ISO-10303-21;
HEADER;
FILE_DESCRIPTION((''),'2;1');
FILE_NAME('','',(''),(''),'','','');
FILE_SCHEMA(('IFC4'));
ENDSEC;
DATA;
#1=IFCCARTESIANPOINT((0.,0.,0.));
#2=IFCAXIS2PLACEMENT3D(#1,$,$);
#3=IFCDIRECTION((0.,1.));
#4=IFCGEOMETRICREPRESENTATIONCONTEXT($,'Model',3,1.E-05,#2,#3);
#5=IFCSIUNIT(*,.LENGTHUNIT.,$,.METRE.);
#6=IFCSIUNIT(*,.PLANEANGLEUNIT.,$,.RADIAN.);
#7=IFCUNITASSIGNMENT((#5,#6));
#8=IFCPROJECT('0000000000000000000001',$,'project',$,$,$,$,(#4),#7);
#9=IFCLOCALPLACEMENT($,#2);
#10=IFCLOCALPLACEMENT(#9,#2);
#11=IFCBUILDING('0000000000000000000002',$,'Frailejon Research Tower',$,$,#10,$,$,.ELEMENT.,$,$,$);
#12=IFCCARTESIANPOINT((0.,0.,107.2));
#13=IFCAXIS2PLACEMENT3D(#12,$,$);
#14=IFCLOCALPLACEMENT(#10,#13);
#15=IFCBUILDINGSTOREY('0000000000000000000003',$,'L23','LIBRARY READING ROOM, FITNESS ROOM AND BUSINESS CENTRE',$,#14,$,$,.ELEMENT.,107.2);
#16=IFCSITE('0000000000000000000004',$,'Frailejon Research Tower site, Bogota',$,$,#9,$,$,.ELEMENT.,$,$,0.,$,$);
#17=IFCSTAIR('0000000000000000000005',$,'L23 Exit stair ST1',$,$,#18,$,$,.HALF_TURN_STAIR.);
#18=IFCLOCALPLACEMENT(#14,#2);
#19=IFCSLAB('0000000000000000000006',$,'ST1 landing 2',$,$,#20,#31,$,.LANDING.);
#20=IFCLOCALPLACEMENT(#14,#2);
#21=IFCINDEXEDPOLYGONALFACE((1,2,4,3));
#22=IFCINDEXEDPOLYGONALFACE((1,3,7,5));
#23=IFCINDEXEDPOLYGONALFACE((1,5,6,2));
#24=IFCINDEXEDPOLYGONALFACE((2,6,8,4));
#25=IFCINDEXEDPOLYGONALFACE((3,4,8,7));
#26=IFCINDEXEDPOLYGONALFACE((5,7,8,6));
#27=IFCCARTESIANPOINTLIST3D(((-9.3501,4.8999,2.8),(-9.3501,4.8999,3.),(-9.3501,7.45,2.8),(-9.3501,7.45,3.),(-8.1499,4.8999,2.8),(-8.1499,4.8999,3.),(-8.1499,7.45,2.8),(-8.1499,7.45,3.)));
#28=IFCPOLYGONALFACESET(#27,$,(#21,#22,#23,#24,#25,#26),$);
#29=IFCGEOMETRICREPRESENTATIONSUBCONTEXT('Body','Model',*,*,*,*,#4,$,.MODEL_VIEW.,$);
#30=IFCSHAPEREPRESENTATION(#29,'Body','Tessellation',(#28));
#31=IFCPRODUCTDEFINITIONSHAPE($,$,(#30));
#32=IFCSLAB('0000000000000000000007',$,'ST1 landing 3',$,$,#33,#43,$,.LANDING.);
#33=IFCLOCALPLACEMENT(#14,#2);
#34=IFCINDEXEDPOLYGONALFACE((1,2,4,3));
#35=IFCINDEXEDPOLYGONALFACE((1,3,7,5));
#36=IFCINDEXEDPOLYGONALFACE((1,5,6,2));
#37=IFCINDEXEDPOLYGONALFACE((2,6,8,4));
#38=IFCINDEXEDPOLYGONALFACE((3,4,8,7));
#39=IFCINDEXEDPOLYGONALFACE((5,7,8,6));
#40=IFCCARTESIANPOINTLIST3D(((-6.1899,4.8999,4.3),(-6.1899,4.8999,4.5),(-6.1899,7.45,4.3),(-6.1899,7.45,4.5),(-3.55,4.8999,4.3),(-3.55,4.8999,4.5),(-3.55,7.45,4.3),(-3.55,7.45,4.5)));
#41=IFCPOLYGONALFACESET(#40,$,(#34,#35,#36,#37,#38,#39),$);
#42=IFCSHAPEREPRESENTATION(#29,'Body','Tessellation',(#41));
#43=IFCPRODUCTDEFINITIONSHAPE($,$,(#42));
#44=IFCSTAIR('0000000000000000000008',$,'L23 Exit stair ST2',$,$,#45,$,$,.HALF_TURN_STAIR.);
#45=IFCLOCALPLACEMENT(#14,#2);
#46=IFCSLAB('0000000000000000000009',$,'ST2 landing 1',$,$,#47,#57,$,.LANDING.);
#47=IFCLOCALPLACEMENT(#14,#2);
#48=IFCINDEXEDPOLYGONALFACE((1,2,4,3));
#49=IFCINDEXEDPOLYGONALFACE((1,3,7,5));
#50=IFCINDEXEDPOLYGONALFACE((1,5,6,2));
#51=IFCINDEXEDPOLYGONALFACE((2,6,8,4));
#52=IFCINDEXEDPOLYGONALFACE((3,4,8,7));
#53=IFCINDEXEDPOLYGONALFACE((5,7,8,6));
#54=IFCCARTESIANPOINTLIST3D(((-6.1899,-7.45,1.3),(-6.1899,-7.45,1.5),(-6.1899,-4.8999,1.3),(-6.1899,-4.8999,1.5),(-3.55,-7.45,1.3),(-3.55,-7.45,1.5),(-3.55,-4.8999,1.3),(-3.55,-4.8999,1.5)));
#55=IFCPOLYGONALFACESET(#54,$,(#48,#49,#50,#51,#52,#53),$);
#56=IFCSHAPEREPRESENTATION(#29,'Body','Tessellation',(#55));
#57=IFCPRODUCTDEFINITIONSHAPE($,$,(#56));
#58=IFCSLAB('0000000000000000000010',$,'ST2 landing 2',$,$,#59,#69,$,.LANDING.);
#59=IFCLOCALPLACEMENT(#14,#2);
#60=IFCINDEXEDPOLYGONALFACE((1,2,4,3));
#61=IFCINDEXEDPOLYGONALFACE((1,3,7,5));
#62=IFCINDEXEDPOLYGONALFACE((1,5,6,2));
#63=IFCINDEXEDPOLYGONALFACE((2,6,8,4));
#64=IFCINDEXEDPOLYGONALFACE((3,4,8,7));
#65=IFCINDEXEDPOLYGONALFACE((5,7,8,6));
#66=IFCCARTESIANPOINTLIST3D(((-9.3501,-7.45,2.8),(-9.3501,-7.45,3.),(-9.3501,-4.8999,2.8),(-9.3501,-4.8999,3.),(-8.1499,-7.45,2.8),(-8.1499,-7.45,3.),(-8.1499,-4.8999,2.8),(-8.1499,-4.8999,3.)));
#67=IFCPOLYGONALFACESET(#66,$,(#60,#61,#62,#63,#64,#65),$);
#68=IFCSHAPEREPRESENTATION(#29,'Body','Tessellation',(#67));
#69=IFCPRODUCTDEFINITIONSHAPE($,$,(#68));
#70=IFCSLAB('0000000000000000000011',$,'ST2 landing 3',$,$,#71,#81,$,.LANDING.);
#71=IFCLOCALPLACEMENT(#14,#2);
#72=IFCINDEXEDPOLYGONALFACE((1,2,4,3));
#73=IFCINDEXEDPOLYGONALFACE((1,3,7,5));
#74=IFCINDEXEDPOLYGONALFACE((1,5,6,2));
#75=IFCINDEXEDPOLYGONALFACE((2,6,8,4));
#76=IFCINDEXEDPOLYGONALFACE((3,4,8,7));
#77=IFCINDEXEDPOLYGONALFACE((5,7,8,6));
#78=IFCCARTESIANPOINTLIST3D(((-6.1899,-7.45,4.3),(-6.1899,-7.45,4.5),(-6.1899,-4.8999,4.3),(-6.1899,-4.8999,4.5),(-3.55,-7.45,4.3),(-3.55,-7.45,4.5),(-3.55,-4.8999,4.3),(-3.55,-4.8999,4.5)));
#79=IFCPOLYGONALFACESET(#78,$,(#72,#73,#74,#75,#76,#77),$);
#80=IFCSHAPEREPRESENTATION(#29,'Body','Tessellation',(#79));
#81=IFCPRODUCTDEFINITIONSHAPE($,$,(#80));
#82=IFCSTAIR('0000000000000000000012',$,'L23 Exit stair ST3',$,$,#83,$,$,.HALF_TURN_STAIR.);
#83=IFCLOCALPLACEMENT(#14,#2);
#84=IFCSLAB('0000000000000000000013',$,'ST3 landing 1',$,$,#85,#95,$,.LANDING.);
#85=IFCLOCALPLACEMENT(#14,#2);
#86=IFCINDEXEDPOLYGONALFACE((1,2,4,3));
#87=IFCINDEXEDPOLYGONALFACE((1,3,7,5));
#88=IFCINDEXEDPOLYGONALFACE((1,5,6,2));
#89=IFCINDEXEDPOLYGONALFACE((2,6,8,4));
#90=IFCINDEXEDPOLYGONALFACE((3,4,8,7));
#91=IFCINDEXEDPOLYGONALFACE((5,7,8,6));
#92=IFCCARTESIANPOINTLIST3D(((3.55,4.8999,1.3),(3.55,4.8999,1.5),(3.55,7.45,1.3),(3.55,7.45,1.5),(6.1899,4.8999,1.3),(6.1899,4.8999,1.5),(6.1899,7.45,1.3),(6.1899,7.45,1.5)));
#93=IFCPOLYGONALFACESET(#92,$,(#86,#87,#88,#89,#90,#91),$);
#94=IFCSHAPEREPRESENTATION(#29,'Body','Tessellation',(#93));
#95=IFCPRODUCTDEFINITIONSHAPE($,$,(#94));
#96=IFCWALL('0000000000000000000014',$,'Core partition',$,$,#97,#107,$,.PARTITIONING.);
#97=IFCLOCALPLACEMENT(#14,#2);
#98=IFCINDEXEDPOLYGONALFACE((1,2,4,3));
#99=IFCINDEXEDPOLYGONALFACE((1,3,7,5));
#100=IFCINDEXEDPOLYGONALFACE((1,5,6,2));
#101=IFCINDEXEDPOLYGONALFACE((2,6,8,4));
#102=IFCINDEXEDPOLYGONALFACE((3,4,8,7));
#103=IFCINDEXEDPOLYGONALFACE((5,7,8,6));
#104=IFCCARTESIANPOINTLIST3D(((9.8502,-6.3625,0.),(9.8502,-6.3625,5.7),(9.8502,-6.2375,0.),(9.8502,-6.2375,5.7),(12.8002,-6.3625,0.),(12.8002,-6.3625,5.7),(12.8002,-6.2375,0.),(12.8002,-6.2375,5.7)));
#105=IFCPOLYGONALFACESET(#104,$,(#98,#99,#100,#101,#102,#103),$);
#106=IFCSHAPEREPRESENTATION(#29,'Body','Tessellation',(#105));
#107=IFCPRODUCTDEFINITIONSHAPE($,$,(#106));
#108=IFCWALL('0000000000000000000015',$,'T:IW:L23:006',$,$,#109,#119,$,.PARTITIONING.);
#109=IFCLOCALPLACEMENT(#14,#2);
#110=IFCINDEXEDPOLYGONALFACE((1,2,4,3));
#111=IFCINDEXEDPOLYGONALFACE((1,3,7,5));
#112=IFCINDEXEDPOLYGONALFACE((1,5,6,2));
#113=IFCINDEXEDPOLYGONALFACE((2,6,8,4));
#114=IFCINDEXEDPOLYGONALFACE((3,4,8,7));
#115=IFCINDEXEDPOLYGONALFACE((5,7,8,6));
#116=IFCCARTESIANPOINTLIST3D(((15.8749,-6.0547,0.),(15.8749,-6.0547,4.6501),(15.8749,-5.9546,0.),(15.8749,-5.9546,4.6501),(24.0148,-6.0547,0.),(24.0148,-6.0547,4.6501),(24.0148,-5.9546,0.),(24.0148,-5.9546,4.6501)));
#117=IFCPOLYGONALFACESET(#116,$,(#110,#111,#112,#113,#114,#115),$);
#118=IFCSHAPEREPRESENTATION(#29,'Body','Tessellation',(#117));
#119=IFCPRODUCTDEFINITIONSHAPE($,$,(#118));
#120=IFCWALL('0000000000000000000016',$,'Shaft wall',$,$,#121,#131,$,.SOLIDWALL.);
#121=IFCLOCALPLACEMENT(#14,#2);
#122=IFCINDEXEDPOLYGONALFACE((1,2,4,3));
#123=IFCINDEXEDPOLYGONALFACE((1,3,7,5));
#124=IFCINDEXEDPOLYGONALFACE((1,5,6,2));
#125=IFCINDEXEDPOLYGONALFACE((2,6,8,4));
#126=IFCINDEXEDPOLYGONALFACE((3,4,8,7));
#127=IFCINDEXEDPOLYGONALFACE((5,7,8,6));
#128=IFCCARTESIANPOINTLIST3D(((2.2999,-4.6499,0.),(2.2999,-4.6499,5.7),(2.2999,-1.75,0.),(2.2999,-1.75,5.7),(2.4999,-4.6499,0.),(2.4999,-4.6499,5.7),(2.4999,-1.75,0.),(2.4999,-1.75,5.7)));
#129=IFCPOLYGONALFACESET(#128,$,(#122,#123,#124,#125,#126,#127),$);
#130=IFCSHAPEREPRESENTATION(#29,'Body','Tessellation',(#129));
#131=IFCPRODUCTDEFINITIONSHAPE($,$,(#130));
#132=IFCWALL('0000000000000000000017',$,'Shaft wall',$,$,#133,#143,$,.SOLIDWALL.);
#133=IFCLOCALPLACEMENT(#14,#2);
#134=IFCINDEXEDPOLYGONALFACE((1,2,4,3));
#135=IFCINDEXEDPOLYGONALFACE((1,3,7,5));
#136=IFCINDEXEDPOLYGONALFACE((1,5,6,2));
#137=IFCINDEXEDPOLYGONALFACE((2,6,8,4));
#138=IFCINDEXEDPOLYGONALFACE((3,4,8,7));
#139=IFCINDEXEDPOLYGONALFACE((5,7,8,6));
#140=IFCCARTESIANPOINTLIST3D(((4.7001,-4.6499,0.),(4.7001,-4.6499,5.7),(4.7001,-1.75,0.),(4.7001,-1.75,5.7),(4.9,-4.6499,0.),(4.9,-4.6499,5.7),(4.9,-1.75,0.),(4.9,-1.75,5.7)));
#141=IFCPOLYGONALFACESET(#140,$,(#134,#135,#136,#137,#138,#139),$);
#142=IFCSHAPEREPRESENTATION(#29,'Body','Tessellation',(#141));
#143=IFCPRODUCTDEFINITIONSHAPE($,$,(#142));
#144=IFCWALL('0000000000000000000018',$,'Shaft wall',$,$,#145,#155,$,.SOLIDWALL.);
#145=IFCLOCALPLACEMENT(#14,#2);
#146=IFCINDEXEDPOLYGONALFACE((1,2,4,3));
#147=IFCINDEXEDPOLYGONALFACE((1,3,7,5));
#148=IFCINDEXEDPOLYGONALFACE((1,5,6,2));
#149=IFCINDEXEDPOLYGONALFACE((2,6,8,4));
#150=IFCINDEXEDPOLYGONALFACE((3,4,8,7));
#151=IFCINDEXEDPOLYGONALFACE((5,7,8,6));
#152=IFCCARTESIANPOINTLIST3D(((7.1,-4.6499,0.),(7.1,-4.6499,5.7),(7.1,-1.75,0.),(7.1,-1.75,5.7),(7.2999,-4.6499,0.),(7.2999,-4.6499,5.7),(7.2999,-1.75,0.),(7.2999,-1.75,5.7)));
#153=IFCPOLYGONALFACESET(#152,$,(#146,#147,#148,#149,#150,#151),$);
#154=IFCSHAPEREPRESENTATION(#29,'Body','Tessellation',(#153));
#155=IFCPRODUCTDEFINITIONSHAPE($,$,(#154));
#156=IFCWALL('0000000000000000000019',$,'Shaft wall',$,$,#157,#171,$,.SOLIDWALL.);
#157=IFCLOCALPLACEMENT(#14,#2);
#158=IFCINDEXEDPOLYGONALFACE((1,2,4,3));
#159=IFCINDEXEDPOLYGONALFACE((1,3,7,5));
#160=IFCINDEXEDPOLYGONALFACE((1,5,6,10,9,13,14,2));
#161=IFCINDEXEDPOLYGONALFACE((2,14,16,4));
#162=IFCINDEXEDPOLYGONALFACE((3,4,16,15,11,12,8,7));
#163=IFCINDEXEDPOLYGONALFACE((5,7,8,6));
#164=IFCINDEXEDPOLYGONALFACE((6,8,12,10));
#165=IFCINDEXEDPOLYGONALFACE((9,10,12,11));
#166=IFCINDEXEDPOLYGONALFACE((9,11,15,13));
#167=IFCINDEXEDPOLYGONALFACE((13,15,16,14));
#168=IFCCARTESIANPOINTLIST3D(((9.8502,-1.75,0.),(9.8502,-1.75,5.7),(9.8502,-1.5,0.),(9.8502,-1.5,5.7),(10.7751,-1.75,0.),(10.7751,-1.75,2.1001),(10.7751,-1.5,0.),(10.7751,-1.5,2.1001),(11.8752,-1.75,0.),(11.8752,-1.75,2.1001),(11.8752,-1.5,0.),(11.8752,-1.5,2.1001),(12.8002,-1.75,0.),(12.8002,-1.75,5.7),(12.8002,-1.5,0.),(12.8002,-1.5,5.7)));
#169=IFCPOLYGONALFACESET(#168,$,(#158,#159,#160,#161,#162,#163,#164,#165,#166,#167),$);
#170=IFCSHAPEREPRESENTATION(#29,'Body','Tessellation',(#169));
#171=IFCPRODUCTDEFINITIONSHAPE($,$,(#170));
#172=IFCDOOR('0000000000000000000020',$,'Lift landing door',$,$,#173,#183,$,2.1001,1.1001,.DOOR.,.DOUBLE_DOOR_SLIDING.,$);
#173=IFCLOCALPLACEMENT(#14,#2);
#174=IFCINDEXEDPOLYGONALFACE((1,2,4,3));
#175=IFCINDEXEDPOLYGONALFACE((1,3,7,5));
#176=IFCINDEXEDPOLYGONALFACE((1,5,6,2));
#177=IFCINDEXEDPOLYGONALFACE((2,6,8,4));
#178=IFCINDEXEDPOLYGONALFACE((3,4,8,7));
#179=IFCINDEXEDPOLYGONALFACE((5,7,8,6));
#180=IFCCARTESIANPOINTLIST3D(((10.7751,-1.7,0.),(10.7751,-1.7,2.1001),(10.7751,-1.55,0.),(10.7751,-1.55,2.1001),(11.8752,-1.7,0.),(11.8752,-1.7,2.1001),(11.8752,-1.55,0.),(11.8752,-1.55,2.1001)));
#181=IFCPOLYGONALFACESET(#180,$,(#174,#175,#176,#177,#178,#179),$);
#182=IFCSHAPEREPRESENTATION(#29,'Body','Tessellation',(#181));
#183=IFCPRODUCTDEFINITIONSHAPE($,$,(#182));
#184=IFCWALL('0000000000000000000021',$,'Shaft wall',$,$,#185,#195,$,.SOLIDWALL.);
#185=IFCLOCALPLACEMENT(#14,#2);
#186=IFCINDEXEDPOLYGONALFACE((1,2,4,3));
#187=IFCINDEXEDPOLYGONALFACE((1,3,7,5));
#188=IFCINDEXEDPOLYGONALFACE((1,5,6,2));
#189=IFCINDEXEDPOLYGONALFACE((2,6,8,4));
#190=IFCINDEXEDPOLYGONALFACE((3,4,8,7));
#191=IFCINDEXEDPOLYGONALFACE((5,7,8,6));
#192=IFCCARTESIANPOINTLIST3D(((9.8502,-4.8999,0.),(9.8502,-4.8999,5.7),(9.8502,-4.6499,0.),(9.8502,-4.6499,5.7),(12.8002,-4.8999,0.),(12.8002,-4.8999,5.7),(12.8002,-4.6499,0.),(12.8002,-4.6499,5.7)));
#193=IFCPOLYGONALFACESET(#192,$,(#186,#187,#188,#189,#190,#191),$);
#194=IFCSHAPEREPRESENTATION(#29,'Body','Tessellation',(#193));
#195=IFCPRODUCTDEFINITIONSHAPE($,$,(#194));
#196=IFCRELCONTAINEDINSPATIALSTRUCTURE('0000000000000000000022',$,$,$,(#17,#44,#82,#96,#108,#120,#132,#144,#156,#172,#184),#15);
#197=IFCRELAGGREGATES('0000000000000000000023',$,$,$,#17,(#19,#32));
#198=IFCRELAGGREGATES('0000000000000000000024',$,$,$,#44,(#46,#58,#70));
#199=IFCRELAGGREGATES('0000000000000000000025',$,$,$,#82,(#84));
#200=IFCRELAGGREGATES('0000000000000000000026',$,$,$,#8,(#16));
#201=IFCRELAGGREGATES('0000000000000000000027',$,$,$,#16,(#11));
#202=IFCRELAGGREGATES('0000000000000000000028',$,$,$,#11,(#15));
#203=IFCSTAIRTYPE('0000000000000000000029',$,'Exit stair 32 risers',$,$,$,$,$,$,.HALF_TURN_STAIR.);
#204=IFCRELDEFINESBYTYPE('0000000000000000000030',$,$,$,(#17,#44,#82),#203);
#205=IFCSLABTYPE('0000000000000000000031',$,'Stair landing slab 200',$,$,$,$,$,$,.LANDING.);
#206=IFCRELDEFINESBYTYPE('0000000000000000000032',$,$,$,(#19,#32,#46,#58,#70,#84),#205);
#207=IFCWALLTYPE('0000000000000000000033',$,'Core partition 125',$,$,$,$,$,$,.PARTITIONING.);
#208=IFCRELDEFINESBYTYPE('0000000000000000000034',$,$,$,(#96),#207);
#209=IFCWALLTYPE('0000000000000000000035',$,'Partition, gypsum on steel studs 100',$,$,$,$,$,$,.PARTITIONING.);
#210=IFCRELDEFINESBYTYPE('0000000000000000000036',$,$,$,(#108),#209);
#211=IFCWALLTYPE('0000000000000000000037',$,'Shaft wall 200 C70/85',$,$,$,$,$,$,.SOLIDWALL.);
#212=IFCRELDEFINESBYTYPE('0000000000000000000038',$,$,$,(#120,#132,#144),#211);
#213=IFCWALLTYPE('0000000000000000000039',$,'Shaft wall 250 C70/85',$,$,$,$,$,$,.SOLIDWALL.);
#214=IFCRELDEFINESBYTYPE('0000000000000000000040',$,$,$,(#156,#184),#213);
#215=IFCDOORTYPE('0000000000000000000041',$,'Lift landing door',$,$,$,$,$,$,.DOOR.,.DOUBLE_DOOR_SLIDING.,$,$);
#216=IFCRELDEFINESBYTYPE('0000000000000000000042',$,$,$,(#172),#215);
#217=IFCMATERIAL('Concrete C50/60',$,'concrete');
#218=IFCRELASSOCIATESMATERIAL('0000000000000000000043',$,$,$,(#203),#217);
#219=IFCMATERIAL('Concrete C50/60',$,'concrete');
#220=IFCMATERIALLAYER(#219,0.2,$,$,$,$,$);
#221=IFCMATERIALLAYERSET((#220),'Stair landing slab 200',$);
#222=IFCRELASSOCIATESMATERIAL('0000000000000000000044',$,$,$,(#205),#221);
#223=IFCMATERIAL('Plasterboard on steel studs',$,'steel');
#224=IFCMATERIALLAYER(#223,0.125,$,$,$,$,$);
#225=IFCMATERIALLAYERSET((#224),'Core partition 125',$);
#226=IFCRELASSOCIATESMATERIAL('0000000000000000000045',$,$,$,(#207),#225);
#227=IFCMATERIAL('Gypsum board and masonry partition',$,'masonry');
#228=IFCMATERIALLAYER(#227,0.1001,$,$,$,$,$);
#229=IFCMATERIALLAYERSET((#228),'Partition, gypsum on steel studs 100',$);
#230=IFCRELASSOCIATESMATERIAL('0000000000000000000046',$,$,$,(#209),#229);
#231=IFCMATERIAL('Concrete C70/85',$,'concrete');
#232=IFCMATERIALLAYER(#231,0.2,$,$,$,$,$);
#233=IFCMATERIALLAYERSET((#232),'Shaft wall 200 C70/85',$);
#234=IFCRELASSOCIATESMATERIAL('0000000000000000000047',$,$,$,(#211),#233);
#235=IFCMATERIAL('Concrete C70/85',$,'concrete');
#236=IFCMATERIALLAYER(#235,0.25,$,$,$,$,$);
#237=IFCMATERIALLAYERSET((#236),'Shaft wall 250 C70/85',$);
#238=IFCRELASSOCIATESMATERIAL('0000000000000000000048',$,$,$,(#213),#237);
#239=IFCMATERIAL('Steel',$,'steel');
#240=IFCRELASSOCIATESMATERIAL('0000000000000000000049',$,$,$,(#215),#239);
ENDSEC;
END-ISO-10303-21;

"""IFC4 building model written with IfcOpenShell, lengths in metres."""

from ifc_helpers import new_model, si_unit, direction, frame, frame_2d, origin, place, context, subcontext, project, spatial, polyline, rectangle, outline, extrude, material, layer, layer_set, type_object, element, fill, aggregate, save


model = new_model("IFC4")

# Units and contexts
model_context = context("Model", 3, precision=1e-05, world=origin(), true_north=direction((0.0, 1.0)))
body_context = subcontext(model_context, "Body", "Model", "MODEL_VIEW")
ifc_project = project(units=[si_unit("LENGTHUNIT", "METRE"), si_unit("PLANEANGLEUNIT", "RADIAN")], contexts=[model_context])

# Site, building, storey
site_placement = place(None, origin())
site = spatial("IfcSite", under=ifc_project, at=site_placement, Name="Frailejon Research Tower site, Bogota", CompositionType="ELEMENT", RefElevation=0.0)
building_placement = place(site_placement, origin())
building = spatial("IfcBuilding", under=site, at=building_placement, Name="Frailejon Research Tower", CompositionType="ELEMENT")
storey_placement = place(building_placement, frame((0.0, 0.0, 107.2)))
storey = spatial("IfcBuildingStorey", under=building, at=storey_placement, Name="L23", Description="LIBRARY READING ROOM, FITNESS ROOM AND BUSINESS CENTRE", CompositionType="ELEMENT", Elevation=107.2)

# Stairs, slabs
ifc_material_1 = material(Name="Concrete C50/60", Category="concrete")
stair_type = type_object("IfcStairType", Name="Exit stair 32 risers", PredefinedType="HALF_TURN_STAIR", material=ifc_material_1)
stair_1_placement = place(storey_placement, origin())
stair_1 = element("IfcStair", 1, at=stair_1_placement, inside=storey, type_object=stair_type, Name="L23 Exit stair ST1", PredefinedType="HALF_TURN_STAIR")
ifc_material_2 = material(Name="Concrete C50/60", Category="concrete")
ifc_layer_1 = layer(ifc_material_2, 0.2)
ifc_layer_set_1 = layer_set([ifc_layer_1], Name="Stair landing slab 200")
slab_type = type_object("IfcSlabType", Name="Stair landing slab 200", PredefinedType="LANDING", material=ifc_layer_set_1)
slab_1_placement = place(storey_placement, frame((0.0, 0.0, 2.8)))
slab_1 = element("IfcSlab", 2, at=slab_1_placement, type_object=slab_type, Name="ST1 landing 2", PredefinedType="LANDING", context=body_context, shape_type="SweptSolid", body=[
    extrude(outline(polyline([(-9.3501, 4.8999), (-8.1499, 4.8999), (-8.1499, 7.45), (-9.3501, 7.45), (-9.3501, 4.8999)])), origin(), (0.0, 0.0, 1.0), 0.2),
])
slab_2_placement = place(storey_placement, frame((0.0, 0.0, 4.3)))
slab_2 = element("IfcSlab", 3, at=slab_2_placement, type_object=slab_type, Name="ST1 landing 3", PredefinedType="LANDING", context=body_context, shape_type="SweptSolid", body=[
    extrude(outline(polyline([(-6.1899, 4.8999), (-3.55, 4.8999), (-3.55, 7.45), (-6.1899, 7.45), (-6.1899, 4.8999)])), origin(), (0.0, 0.0, 1.0), 0.2),
])
aggregate(stair_1, [slab_1, slab_2])
stair_2_placement = place(storey_placement, origin())
stair_2 = element("IfcStair", 4, at=stair_2_placement, inside=storey, type_object=stair_type, Name="L23 Exit stair ST2", PredefinedType="HALF_TURN_STAIR")
slab_3_placement = place(storey_placement, frame((0.0, 0.0, 1.3)))
slab_3 = element("IfcSlab", 5, at=slab_3_placement, type_object=slab_type, Name="ST2 landing 1", PredefinedType="LANDING", context=body_context, shape_type="SweptSolid", body=[
    extrude(outline(polyline([(-6.1899, -7.45), (-3.55, -7.45), (-3.55, -4.8999), (-6.1899, -4.8999), (-6.1899, -7.45)])), origin(), (0.0, 0.0, 1.0), 0.2),
])
slab_4_placement = place(storey_placement, frame((0.0, 0.0, 2.8)))
slab_4 = element("IfcSlab", 6, at=slab_4_placement, type_object=slab_type, Name="ST2 landing 2", PredefinedType="LANDING", context=body_context, shape_type="SweptSolid", body=[
    extrude(outline(polyline([(-9.3501, -7.45), (-8.1499, -7.45), (-8.1499, -4.8999), (-9.3501, -4.8999), (-9.3501, -7.45)])), origin(), (0.0, 0.0, 1.0), 0.2),
])
slab_5_placement = place(storey_placement, frame((0.0, 0.0, 4.3)))
slab_5 = element("IfcSlab", 7, at=slab_5_placement, type_object=slab_type, Name="ST2 landing 3", PredefinedType="LANDING", context=body_context, shape_type="SweptSolid", body=[
    extrude(outline(polyline([(-6.1899, -7.45), (-3.55, -7.45), (-3.55, -4.8999), (-6.1899, -4.8999), (-6.1899, -7.45)])), origin(), (0.0, 0.0, 1.0), 0.2),
])
aggregate(stair_2, [slab_3, slab_4, slab_5])

# Stair, slab
stair_3_placement = place(storey_placement, origin())
stair_3 = element("IfcStair", 8, at=stair_3_placement, inside=storey, type_object=stair_type, Name="L23 Exit stair ST3", PredefinedType="HALF_TURN_STAIR")
slab_6_placement = place(storey_placement, frame((0.0, 0.0, 1.3)))
slab_6 = element("IfcSlab", 9, at=slab_6_placement, type_object=slab_type, Name="ST3 landing 1", PredefinedType="LANDING", context=body_context, shape_type="SweptSolid", body=[
    extrude(outline(polyline([(6.1899, 7.45), (3.55, 7.45), (3.55, 4.8999), (6.1899, 4.8999), (6.1899, 7.45)])), origin(), (0.0, 0.0, 1.0), 0.2),
])
aggregate(stair_3, [slab_6])

# Walls
ifc_material_3 = material(Name="Plasterboard on steel studs", Category="steel")
ifc_layer_2 = layer(ifc_material_3, 0.125)
ifc_layer_set_2 = layer_set([ifc_layer_2], Name="Core partition 125")
wall_type_1 = type_object("IfcWallType", Name="Core partition 125", PredefinedType="PARTITIONING", material=ifc_layer_set_2)
wall_1_placement = place(storey_placement, frame((9.8501, -6.3, 0.0), z_axis=(0.0, 0.0, 1.0), x_axis=(1.0, 0.0, 0.0)))
element("IfcWall", 10, at=wall_1_placement, inside=storey, type_object=wall_type_1, Name="Core partition", PredefinedType="PARTITIONING", context=body_context, shape_type="SweptSolid", body=[
    extrude(rectangle(XDim=2.95, YDim=0.125, at=frame_2d((1.4751, 0.0))), origin(), (0.0, 0.0, 1.0), 5.7),
])
ifc_material_4 = material(Name="Gypsum board and masonry partition", Category="masonry")
ifc_layer_3 = layer(ifc_material_4, 0.1001)
ifc_layer_set_3 = layer_set([ifc_layer_3], Name="Partition, gypsum on steel studs 100")
wall_type_2 = type_object("IfcWallType", Name="Partition, gypsum on steel studs 100", PredefinedType="PARTITIONING", material=ifc_layer_set_3)
wall_2_placement = place(storey_placement, frame((15.875, -6.0046, 0.0), z_axis=(0.0, 0.0, 1.0), x_axis=(1.0, 0.0, 0.0)))
element("IfcWall", 11, at=wall_2_placement, inside=storey, type_object=wall_type_2, Name="T:IW:L23:006", PredefinedType="PARTITIONING", context=body_context, shape_type="SweptSolid", body=[
    extrude(rectangle(XDim=8.1399, YDim=0.1001, at=frame_2d((4.0698, 0.0))), origin(), (0.0, 0.0, 1.0), 4.6501),
])
ifc_material_5 = material(Name="Concrete C70/85", Category="concrete")
ifc_layer_4 = layer(ifc_material_5, 0.2)
ifc_layer_set_4 = layer_set([ifc_layer_4], Name="Shaft wall 200 C70/85")
wall_type_3 = type_object("IfcWallType", Name="Shaft wall 200 C70/85", PredefinedType="SOLIDWALL", material=ifc_layer_set_4)
for number, where, z_axis, x_axis, name in (
    (12, (2.3999, -4.6499, 0.0), (0.0, 0.0, 1.0), (0.0, 1.0, 0.0), "Shaft wall"),
    (13, (4.8, -4.6499, 0.0), (0.0, 0.0, 1.0), (0.0, 1.0, 0.0), "Shaft wall"),
    (14, (7.2, -4.6499, 0.0), (0.0, 0.0, 1.0), (0.0, 1.0, 0.0), "Shaft wall"),
):
    element("IfcWall", number, at=place(storey_placement, frame(where, z_axis=z_axis, x_axis=x_axis)), inside=storey, type_object=wall_type_3, Name=name, PredefinedType="SOLIDWALL", context=body_context, shape_type="SweptSolid", body=[
        extrude(rectangle(XDim=2.8999, YDim=0.2, at=frame_2d((1.45, 0.0))), origin(), (0.0, 0.0, 1.0), 5.7),
    ])

# Wall, opening, door
ifc_material_6 = material(Name="Concrete C70/85", Category="concrete")
ifc_layer_5 = layer(ifc_material_6, 0.25)
ifc_layer_set_5 = layer_set([ifc_layer_5], Name="Shaft wall 250 C70/85")
wall_type_4 = type_object("IfcWallType", Name="Shaft wall 250 C70/85", PredefinedType="SOLIDWALL", material=ifc_layer_set_5)
wall_3_placement = place(storey_placement, frame((9.8501, -1.625, 0.0), z_axis=(0.0, 0.0, 1.0), x_axis=(1.0, 0.0, 0.0)))
wall_3 = element("IfcWall", 15, at=wall_3_placement, inside=storey, type_object=wall_type_4, Name="Shaft wall", PredefinedType="SOLIDWALL", context=body_context, shape_type="SweptSolid", body=[
    extrude(rectangle(XDim=2.95, YDim=0.25, at=frame_2d((1.4751, 0.0))), origin(), (0.0, 0.0, 1.0), 5.7),
])
opening_placement = place(wall_3_placement, frame((0.925, 0.0, 0.0)))
opening = element("IfcOpeningElement", 16, at=opening_placement, cuts=wall_3, PredefinedType="OPENING", context=body_context, shape_type="SweptSolid", body=[
    extrude(rectangle(XDim=1.1001, YDim=2.1001, at=frame_2d((0.55, 1.05))), frame((0.0, 0.135, 0.0), z_axis=(0.0, -1.0, 0.0), x_axis=(1.0, 0.0, 0.0)), (0.0, 0.0, 1.0), 0.27),
])
ifc_material_7 = material(Name="Steel", Category="steel")
door_type = type_object("IfcDoorType", Name="Lift landing door", OperationType="DOUBLE_DOOR_SLIDING", PredefinedType="DOOR", material=ifc_material_7)
door_placement = place(opening_placement, origin())
door = element("IfcDoor", 17, at=door_placement, inside=storey, type_object=door_type, Name="Lift landing door", OperationType="DOUBLE_DOOR_SLIDING", OverallHeight=2.1001, OverallWidth=1.1001, PredefinedType="DOOR", context=body_context, shape_type="SweptSolid", body=[
    extrude(rectangle(XDim=1.1001, YDim=2.1001, at=frame_2d((0.55, 1.05))), frame((0.0, 0.075, 0.0), z_axis=(0.0, -1.0, 0.0), x_axis=(1.0, 0.0, 0.0)), (0.0, 0.0, 1.0), 0.1499),
])
fill(opening, door)

# Wall
wall_4_placement = place(storey_placement, frame((9.8501, -4.7749, 0.0), z_axis=(0.0, 0.0, 1.0), x_axis=(1.0, 0.0, 0.0)))
element("IfcWall", 18, at=wall_4_placement, inside=storey, type_object=wall_type_4, Name="Shaft wall", PredefinedType="SOLIDWALL", context=body_context, shape_type="SweptSolid", body=[
    extrude(rectangle(XDim=2.95, YDim=0.25, at=frame_2d((1.4751, 0.0))), origin(), (0.0, 0.0, 1.0), 5.7),
])

save(model, "model.ifc")
